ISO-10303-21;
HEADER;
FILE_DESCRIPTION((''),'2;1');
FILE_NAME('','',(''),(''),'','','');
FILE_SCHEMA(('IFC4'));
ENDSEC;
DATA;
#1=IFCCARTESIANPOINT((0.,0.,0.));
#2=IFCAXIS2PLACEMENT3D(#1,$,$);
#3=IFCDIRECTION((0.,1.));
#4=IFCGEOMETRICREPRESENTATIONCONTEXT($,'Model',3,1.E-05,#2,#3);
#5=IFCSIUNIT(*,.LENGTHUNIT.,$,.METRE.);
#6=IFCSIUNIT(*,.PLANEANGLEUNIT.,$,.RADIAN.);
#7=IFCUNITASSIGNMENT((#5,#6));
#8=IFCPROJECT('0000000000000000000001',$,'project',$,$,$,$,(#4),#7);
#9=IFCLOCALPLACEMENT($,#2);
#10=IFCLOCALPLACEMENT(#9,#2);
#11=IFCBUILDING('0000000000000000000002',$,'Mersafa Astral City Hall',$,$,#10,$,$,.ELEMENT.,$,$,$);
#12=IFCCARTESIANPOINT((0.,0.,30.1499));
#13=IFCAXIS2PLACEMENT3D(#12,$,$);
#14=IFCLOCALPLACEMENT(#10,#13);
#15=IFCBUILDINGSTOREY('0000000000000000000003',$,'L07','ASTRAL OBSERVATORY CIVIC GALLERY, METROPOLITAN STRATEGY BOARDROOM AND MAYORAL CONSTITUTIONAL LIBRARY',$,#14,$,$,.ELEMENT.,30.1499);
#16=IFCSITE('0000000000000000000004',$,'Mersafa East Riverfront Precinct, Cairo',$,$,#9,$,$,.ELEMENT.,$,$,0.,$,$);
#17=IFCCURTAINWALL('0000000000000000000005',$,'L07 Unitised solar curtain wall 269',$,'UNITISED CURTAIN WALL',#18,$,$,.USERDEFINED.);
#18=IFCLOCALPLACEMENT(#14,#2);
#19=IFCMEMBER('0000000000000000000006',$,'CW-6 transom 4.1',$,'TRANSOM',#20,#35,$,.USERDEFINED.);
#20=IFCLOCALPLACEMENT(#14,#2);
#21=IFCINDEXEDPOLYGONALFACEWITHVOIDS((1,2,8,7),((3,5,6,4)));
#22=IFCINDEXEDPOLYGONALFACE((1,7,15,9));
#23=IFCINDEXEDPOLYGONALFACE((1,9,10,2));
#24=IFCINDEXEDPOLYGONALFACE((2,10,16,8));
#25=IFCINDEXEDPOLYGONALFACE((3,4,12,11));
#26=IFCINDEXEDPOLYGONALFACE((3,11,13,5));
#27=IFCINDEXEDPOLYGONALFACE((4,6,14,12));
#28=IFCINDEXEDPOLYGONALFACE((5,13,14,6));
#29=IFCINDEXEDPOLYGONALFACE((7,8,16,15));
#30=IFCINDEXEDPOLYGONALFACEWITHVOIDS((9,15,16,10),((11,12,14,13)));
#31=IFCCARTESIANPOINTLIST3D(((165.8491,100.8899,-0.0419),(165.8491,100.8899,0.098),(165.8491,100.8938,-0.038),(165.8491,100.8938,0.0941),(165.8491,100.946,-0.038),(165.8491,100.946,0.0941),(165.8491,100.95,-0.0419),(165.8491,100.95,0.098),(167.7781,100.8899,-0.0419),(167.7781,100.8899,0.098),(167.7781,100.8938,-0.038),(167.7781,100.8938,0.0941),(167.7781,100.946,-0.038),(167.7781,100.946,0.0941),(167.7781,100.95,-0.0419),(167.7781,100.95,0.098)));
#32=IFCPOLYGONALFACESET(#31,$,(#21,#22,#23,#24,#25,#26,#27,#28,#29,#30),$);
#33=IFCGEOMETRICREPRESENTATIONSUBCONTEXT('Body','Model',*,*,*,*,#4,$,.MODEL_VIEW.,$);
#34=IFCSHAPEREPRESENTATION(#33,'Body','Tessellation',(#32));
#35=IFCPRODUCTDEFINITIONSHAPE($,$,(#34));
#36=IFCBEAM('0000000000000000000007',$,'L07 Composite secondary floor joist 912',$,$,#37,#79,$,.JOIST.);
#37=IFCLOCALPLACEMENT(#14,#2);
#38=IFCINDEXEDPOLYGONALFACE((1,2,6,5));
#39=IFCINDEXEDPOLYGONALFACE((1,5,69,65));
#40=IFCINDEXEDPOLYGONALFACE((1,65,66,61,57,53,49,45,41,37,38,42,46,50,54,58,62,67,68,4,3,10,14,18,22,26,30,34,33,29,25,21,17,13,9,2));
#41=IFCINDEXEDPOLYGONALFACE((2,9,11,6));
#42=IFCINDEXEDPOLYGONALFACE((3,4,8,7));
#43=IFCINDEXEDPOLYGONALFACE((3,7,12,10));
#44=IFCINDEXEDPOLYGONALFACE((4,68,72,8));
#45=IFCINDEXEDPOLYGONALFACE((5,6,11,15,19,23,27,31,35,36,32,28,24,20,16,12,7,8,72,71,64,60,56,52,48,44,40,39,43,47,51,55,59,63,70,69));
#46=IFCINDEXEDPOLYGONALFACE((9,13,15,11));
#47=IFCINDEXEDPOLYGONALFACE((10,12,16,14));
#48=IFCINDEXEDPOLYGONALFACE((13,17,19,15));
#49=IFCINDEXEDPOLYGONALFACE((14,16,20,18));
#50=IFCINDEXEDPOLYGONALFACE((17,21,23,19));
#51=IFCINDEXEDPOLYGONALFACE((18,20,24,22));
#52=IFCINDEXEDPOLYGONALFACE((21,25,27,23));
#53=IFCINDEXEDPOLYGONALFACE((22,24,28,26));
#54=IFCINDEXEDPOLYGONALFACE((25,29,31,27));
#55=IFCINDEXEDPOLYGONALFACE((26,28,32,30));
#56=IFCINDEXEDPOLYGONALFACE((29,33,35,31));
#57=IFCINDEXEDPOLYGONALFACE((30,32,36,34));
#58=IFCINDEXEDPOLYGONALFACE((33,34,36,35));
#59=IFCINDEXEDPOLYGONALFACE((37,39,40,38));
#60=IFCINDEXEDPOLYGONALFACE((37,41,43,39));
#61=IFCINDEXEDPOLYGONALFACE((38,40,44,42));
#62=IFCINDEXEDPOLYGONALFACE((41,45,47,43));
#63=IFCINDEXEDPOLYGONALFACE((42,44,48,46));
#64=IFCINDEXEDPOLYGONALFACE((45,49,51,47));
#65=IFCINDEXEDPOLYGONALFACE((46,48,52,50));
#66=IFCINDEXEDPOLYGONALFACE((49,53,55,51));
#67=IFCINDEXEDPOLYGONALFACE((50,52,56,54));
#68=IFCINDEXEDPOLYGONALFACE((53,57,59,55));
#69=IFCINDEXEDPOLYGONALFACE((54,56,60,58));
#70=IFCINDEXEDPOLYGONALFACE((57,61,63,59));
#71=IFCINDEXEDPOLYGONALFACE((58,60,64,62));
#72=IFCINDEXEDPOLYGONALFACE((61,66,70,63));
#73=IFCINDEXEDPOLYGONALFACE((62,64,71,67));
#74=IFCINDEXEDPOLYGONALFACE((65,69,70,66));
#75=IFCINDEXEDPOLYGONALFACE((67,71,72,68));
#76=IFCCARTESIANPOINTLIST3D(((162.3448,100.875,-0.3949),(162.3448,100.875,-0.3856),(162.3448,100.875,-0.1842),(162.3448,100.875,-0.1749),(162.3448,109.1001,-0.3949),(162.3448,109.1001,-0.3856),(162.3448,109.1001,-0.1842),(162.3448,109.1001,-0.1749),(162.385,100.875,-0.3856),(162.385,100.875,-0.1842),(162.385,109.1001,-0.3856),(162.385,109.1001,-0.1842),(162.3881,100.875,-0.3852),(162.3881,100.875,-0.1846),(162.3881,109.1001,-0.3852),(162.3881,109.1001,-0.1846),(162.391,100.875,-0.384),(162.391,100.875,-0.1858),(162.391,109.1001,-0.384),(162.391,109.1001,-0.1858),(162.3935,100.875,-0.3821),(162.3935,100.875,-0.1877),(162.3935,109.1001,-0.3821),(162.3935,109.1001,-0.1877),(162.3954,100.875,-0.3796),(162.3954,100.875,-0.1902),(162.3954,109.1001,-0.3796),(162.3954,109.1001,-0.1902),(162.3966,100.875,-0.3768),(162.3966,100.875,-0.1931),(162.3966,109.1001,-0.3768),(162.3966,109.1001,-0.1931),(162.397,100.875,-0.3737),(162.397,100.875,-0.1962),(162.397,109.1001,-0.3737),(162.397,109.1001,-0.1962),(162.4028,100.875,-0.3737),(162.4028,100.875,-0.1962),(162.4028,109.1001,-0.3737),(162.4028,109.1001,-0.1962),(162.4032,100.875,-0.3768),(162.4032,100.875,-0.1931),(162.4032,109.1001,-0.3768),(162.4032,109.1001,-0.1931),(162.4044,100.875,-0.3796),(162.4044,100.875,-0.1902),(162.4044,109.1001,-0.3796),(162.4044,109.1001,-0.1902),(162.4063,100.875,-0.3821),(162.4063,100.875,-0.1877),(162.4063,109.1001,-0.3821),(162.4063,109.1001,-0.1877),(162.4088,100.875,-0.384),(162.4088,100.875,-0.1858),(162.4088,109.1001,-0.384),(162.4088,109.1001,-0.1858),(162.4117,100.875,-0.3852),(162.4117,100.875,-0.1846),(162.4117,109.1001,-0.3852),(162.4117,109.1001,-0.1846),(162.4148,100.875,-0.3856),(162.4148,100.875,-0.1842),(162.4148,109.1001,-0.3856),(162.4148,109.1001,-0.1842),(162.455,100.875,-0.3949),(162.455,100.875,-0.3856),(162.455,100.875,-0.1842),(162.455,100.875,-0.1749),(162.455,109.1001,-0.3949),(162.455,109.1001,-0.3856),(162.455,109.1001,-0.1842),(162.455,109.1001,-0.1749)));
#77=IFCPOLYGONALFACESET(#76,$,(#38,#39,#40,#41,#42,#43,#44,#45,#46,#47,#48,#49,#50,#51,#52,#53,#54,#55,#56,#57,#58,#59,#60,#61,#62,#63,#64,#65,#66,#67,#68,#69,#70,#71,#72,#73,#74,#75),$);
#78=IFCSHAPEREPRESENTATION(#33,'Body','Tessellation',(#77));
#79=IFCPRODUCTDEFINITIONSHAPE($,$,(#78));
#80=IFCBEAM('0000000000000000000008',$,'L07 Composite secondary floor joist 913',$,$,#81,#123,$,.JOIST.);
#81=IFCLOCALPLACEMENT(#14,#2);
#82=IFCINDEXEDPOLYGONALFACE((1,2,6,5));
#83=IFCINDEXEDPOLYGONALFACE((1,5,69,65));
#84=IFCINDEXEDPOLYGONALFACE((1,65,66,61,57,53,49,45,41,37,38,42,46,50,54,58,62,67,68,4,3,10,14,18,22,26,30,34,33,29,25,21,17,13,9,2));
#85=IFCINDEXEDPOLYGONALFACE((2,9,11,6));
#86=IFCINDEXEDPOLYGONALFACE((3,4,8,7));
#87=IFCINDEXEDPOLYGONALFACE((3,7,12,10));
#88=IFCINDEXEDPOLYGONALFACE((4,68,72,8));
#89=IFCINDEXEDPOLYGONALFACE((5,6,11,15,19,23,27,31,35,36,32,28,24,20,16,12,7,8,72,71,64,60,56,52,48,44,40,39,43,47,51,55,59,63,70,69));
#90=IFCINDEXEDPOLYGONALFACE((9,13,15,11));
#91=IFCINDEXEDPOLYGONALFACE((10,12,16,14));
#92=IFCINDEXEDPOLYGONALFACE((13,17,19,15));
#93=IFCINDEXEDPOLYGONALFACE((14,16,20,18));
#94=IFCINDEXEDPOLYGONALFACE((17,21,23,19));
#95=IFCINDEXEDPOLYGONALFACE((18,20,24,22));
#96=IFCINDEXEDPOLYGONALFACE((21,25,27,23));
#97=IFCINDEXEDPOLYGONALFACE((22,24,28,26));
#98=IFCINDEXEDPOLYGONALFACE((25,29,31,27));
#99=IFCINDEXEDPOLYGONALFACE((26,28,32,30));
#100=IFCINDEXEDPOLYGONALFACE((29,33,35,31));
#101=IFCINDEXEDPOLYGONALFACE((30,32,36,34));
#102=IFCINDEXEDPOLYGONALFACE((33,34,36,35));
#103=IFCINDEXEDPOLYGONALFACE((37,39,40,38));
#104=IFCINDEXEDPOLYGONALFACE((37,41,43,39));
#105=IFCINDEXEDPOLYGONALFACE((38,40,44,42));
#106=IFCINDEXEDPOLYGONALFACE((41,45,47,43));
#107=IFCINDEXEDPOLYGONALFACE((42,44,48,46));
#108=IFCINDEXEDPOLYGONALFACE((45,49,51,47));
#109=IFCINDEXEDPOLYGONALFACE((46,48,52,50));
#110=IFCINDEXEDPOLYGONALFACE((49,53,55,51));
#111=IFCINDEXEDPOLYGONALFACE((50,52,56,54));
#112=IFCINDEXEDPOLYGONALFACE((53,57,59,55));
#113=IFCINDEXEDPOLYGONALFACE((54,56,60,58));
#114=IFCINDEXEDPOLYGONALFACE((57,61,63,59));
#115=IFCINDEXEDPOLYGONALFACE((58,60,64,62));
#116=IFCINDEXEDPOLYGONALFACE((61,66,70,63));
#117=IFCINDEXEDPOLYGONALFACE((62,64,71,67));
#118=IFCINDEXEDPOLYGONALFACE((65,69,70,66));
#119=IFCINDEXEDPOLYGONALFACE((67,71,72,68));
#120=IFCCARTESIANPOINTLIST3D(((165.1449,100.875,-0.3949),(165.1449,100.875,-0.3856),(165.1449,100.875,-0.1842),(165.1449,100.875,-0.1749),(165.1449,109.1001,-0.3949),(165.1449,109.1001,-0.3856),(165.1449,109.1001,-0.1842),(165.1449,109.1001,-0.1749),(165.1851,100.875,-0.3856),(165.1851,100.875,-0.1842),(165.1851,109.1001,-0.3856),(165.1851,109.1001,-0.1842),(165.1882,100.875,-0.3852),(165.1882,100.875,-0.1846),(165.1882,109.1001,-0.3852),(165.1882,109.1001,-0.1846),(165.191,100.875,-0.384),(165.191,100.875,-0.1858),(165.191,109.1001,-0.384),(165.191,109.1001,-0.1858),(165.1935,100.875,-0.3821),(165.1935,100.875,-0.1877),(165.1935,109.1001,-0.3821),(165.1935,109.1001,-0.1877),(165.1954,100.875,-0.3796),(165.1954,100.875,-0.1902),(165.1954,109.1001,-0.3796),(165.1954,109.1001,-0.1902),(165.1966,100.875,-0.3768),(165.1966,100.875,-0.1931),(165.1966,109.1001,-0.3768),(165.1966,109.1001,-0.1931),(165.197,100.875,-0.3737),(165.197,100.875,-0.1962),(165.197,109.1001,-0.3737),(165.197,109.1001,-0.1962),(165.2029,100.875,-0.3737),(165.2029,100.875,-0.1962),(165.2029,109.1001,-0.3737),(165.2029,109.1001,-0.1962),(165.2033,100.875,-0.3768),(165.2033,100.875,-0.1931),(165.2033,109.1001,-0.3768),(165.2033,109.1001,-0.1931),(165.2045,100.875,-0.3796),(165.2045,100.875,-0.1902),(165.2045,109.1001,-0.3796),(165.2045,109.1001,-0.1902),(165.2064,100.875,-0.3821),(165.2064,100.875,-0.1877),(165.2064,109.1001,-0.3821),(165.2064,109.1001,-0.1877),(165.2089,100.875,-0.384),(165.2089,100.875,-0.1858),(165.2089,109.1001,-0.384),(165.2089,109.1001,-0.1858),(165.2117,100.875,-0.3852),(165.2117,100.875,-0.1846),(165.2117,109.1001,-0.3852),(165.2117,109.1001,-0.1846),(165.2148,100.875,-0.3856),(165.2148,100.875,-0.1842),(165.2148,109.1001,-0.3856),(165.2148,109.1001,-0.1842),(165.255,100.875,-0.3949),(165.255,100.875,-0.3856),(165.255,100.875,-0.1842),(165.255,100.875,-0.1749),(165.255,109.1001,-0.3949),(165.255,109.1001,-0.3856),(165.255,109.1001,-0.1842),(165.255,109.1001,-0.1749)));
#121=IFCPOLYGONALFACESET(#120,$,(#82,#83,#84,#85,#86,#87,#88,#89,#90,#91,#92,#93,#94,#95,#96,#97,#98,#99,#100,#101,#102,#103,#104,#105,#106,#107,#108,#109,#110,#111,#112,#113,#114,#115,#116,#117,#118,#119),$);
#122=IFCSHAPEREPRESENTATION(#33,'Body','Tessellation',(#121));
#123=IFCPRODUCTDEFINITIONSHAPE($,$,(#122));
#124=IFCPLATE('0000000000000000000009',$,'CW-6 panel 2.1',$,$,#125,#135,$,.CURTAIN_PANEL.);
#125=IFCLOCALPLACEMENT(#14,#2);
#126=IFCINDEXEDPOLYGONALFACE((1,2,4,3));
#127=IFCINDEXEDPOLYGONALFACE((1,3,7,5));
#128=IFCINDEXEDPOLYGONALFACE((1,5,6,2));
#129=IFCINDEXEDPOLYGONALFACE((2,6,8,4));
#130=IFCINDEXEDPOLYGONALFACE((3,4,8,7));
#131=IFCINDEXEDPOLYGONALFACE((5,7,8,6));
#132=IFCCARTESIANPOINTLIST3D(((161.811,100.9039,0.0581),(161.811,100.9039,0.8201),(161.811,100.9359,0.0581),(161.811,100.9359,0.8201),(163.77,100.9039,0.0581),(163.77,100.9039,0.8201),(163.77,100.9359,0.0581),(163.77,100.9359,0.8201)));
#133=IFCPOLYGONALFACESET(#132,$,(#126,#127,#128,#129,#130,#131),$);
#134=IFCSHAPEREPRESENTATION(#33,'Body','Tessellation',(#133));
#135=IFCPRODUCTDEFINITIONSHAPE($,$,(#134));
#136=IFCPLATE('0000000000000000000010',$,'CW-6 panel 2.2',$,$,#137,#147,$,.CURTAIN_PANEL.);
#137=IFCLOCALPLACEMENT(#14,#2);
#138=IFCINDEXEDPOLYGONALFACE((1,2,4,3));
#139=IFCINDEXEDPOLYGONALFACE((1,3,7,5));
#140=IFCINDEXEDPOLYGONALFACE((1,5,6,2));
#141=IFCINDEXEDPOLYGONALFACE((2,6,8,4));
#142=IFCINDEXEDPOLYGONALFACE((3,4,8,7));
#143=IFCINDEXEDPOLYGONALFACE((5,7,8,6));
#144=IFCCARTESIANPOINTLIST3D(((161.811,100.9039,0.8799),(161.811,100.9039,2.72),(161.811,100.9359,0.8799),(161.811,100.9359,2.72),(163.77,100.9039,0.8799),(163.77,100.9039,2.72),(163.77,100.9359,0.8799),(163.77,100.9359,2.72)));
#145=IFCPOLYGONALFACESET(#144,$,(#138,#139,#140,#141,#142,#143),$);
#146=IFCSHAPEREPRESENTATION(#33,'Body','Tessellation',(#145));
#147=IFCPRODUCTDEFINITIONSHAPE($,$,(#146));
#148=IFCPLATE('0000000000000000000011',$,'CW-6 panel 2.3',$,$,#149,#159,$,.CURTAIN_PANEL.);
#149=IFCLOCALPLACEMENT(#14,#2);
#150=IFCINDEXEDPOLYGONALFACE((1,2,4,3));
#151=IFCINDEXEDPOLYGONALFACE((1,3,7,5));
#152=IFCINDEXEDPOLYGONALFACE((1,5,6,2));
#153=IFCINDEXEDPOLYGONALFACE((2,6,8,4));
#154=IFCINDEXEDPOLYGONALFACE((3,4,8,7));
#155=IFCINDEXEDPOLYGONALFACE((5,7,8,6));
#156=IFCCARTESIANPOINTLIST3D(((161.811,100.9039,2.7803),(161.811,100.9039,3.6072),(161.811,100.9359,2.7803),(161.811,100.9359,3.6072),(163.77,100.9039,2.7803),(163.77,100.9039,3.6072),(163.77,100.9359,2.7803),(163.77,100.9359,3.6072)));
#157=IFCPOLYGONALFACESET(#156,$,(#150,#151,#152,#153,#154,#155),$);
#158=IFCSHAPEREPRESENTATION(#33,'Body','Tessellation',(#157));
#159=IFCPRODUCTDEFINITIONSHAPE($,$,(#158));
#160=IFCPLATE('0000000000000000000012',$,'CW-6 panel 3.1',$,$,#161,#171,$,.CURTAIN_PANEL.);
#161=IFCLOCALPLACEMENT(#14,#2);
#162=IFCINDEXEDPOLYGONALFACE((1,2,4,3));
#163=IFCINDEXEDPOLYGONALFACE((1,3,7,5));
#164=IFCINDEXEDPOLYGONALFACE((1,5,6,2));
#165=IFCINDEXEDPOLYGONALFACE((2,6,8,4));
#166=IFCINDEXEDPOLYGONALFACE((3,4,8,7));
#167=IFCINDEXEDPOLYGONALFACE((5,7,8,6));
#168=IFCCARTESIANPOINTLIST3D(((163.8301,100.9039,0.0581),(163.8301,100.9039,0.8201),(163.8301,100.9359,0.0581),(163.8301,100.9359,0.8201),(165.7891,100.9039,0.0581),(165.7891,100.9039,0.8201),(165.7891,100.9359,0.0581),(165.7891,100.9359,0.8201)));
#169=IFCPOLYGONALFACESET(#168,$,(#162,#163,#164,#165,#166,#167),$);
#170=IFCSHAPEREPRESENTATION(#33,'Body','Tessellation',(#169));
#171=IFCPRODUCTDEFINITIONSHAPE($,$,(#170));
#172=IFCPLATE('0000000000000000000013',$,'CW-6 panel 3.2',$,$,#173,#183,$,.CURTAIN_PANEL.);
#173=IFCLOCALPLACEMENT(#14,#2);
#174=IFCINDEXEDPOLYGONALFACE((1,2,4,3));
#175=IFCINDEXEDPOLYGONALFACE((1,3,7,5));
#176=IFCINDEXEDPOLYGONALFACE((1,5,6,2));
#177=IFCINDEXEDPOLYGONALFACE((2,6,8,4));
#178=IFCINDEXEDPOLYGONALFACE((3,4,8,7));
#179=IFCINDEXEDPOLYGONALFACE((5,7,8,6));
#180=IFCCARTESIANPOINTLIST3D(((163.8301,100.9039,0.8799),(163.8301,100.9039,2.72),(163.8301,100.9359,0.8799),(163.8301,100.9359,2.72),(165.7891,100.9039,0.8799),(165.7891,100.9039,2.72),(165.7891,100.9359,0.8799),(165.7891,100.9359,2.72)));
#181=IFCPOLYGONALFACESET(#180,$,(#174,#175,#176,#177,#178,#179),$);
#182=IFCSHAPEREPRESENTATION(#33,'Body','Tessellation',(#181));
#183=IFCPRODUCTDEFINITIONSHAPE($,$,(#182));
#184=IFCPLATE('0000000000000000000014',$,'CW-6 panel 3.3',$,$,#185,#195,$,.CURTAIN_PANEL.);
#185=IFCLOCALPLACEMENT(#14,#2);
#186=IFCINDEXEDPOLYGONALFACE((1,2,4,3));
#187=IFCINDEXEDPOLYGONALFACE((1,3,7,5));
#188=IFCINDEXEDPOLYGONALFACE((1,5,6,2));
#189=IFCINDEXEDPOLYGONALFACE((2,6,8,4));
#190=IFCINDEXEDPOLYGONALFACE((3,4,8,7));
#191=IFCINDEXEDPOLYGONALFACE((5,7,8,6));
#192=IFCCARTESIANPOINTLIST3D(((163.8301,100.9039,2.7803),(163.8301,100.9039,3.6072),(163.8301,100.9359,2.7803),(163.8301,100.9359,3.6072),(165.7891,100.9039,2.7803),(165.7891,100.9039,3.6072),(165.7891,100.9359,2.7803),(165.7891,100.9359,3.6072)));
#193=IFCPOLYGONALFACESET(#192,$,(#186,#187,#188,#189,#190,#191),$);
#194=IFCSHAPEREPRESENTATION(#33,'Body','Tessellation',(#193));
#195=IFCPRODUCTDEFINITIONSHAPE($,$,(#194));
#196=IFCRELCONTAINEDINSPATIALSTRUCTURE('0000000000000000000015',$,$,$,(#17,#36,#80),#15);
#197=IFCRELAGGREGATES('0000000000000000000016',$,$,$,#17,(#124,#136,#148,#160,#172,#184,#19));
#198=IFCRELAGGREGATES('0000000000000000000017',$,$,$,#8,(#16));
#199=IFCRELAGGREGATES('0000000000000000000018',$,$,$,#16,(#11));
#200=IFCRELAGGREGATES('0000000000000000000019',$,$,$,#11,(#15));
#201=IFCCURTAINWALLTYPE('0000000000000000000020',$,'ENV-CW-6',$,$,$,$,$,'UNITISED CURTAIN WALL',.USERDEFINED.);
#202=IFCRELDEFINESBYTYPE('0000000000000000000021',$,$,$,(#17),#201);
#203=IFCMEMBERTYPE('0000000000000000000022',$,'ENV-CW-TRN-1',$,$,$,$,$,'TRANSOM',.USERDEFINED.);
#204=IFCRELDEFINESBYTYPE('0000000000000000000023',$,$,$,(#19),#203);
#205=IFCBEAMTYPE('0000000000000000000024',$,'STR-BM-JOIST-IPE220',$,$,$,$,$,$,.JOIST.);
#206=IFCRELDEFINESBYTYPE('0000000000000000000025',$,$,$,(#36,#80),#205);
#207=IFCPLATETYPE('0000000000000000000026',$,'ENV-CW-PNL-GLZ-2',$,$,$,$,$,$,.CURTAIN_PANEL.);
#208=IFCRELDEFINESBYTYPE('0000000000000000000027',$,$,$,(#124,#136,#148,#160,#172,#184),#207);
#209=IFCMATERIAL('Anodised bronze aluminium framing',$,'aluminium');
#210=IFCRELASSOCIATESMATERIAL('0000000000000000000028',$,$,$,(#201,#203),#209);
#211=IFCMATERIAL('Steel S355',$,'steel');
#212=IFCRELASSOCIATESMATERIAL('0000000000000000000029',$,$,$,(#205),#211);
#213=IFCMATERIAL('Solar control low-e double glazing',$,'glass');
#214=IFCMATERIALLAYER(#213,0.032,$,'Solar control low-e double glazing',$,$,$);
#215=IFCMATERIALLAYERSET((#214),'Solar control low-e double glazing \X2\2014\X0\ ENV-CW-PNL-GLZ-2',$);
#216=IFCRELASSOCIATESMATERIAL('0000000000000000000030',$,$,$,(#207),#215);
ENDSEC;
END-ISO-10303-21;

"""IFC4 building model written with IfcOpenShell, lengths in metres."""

from ifc_helpers import new_model, si_unit, direction, frame, origin, origin_2d, place, context, subcontext, project, spatial, rectangle, hollow_rectangle, i_section, extrude, material, layer, layer_set, material_profile, profile_set, type_object, element, aggregate, save


model = new_model("IFC4")

# Units and contexts
model_context = context("Model", 3, precision=1e-05, world=origin(), true_north=direction((0.0, 1.0)))
body_context = subcontext(model_context, "Body", "Model", "MODEL_VIEW")
ifc_project = project(units=[si_unit("LENGTHUNIT", "METRE"), si_unit("PLANEANGLEUNIT", "RADIAN")], contexts=[model_context])

# Site, building, storey
site_placement = place(None, origin())
site = spatial("IfcSite", under=ifc_project, at=site_placement, Name="Mersafa East Riverfront Precinct, Cairo", CompositionType="ELEMENT", RefElevation=0.0)
building_placement = place(site_placement, origin())
building = spatial("IfcBuilding", under=site, at=building_placement, Name="Mersafa Astral City Hall", CompositionType="ELEMENT")
storey_placement = place(building_placement, frame((0.0, 0.0, 30.1499)))
storey = spatial("IfcBuildingStorey", under=building, at=storey_placement, Name="L07", Description="ASTRAL OBSERVATORY CIVIC GALLERY, METROPOLITAN STRATEGY BOARDROOM AND MAYORAL CONSTITUTIONAL LIBRARY", CompositionType="ELEMENT", Elevation=30.1499)

# Curtain wall, member
ifc_material_1 = material(Name="Anodised bronze aluminium framing", Category="aluminium")
curtain_wall_type = type_object("IfcCurtainWallType", Name="ENV-CW-6", ElementType="UNITISED CURTAIN WALL", PredefinedType="USERDEFINED", material=ifc_material_1)
curtain_wall_placement = place(storey_placement, origin())
curtain_wall = element("IfcCurtainWall", 1, at=curtain_wall_placement, inside=storey, type_object=curtain_wall_type, Name="L07 Unitised solar curtain wall 269", ObjectType="UNITISED CURTAIN WALL", PredefinedType="USERDEFINED")
ifc_material_profile_1 = material_profile(ifc_material_1, hollow_rectangle(XDim=0.0601, YDim=0.1399, WallThickness=0.0039, at=origin_2d()), Name="RHS 60x140x4")
ifc_profile_set_1 = profile_set([ifc_material_profile_1], Name="Anodised bronze aluminium framing")
member_type_1 = type_object("IfcMemberType", Name="ENV-CW-TRN-1", ElementType="TRANSOM", PredefinedType="USERDEFINED", material=ifc_profile_set_1)
member_1_placement = place(storey_placement, frame((165.8491, 100.9199, 0.0281), z_axis=(1.0, 0.0, 0.0), x_axis=(0.0, 1.0, 0.0)))
member_1 = element("IfcMember", 2, at=member_1_placement, type_object=member_type_1, Name="CW-6 transom 4.1", ObjectType="TRANSOM", PredefinedType="USERDEFINED", context=body_context, shape_type="SweptSolid", body=[
    extrude(hollow_rectangle(XDim=0.0601, YDim=0.1399, WallThickness=0.0039, at=origin_2d()), origin(), (0.0, 0.0, 1.0), 1.929),
])

# Beams
ifc_material_2 = material(Name="Steel S355", Category="steel")
ifc_material_profile_2 = material_profile(ifc_material_2, i_section(OverallWidth=0.1101, OverallDepth=0.22, WebThickness=0.0059, FlangeThickness=0.0093, FilletRadius=0.012, at=origin_2d()), Name="IPE 220")
ifc_profile_set_2 = profile_set([ifc_material_profile_2], Name="Steel S355")
beam_type = type_object("IfcBeamType", Name="STR-BM-JOIST-IPE220", PredefinedType="JOIST", material=ifc_profile_set_2)
for number, where, z_axis, x_axis, name in (
    (3, (162.3999, 100.875, -0.2849), (0.0, 1.0, 0.0), (-1.0, 0.0, 0.0), "L07 Composite secondary floor joist 912"),
    (4, (165.2, 100.875, -0.2849), (0.0, 1.0, 0.0), (-1.0, 0.0, 0.0), "L07 Composite secondary floor joist 913"),
):
    element("IfcBeam", number, at=place(storey_placement, frame(where, z_axis=z_axis, x_axis=x_axis)), inside=storey, type_object=beam_type, Name=name, PredefinedType="JOIST", context=body_context, shape_type="SweptSolid", body=[
        extrude(i_section(OverallWidth=0.1101, OverallDepth=0.22, WebThickness=0.0059, FlangeThickness=0.0093, FilletRadius=0.012, at=origin_2d()), origin(), (0.0, 0.0, 1.0), 8.2251),
    ])

# Plates
ifc_material_3 = material(Name="Solar control low-e double glazing", Category="glass")
ifc_layer_1 = layer(ifc_material_3, 0.032, Name="Solar control low-e double glazing")
ifc_layer_set_1 = layer_set([ifc_layer_1], Name="Solar control low-e double glazing — ENV-CW-PNL-GLZ-2")
plate_type = type_object("IfcPlateType", Name="ENV-CW-PNL-GLZ-2", PredefinedType="CURTAIN_PANEL", material=ifc_layer_set_1)
plate_1_placement = place(storey_placement, frame((162.7905, 100.9199, 0.0581), z_axis=(0.0, 0.0, 1.0), x_axis=(1.0, 0.0, 0.0)))
plate_1 = element("IfcPlate", 5, at=plate_1_placement, type_object=plate_type, Name="CW-6 panel 2.1", PredefinedType="CURTAIN_PANEL", context=body_context, shape_type="SweptSolid", body=[
    extrude(rectangle(XDim=1.959, YDim=0.032, at=origin_2d()), origin(), (0.0, 0.0, 1.0), 0.762),
])
plate_2_placement = place(storey_placement, frame((162.7905, 100.9199, 0.8799), z_axis=(0.0, 0.0, 1.0), x_axis=(1.0, 0.0, 0.0)))
plate_2 = element("IfcPlate", 6, at=plate_2_placement, type_object=plate_type, Name="CW-6 panel 2.2", PredefinedType="CURTAIN_PANEL", context=body_context, shape_type="SweptSolid", body=[
    extrude(rectangle(XDim=1.959, YDim=0.032, at=origin_2d()), origin(), (0.0, 0.0, 1.0), 1.8401),
])
plate_3_placement = place(storey_placement, frame((162.7905, 100.9199, 2.7803), z_axis=(0.0, 0.0, 1.0), x_axis=(1.0, 0.0, 0.0)))
plate_3 = element("IfcPlate", 7, at=plate_3_placement, type_object=plate_type, Name="CW-6 panel 2.3", PredefinedType="CURTAIN_PANEL", context=body_context, shape_type="SweptSolid", body=[
    extrude(rectangle(XDim=1.959, YDim=0.032, at=origin_2d()), origin(), (0.0, 0.0, 1.0), 0.8269),
])
plate_4_placement = place(storey_placement, frame((164.8096, 100.9199, 0.0581), z_axis=(0.0, 0.0, 1.0), x_axis=(1.0, 0.0, 0.0)))
plate_4 = element("IfcPlate", 8, at=plate_4_placement, type_object=plate_type, Name="CW-6 panel 3.1", PredefinedType="CURTAIN_PANEL", context=body_context, shape_type="SweptSolid", body=[
    extrude(rectangle(XDim=1.959, YDim=0.032, at=origin_2d()), origin(), (0.0, 0.0, 1.0), 0.762),
])
plate_5_placement = place(storey_placement, frame((164.8096, 100.9199, 0.8799), z_axis=(0.0, 0.0, 1.0), x_axis=(1.0, 0.0, 0.0)))
plate_5 = element("IfcPlate", 9, at=plate_5_placement, type_object=plate_type, Name="CW-6 panel 3.2", PredefinedType="CURTAIN_PANEL", context=body_context, shape_type="SweptSolid", body=[
    extrude(rectangle(XDim=1.959, YDim=0.032, at=origin_2d()), origin(), (0.0, 0.0, 1.0), 1.8401),
])
plate_6_placement = place(storey_placement, frame((164.8096, 100.9199, 2.7803), z_axis=(0.0, 0.0, 1.0), x_axis=(1.0, 0.0, 0.0)))
plate_6 = element("IfcPlate", 10, at=plate_6_placement, type_object=plate_type, Name="CW-6 panel 3.3", PredefinedType="CURTAIN_PANEL", context=body_context, shape_type="SweptSolid", body=[
    extrude(rectangle(XDim=1.959, YDim=0.032, at=origin_2d()), origin(), (0.0, 0.0, 1.0), 0.8269),
])
aggregate(curtain_wall, [plate_1, plate_2, plate_3, plate_4, plate_5, plate_6, member_1])

save(model, "model.ifc")
